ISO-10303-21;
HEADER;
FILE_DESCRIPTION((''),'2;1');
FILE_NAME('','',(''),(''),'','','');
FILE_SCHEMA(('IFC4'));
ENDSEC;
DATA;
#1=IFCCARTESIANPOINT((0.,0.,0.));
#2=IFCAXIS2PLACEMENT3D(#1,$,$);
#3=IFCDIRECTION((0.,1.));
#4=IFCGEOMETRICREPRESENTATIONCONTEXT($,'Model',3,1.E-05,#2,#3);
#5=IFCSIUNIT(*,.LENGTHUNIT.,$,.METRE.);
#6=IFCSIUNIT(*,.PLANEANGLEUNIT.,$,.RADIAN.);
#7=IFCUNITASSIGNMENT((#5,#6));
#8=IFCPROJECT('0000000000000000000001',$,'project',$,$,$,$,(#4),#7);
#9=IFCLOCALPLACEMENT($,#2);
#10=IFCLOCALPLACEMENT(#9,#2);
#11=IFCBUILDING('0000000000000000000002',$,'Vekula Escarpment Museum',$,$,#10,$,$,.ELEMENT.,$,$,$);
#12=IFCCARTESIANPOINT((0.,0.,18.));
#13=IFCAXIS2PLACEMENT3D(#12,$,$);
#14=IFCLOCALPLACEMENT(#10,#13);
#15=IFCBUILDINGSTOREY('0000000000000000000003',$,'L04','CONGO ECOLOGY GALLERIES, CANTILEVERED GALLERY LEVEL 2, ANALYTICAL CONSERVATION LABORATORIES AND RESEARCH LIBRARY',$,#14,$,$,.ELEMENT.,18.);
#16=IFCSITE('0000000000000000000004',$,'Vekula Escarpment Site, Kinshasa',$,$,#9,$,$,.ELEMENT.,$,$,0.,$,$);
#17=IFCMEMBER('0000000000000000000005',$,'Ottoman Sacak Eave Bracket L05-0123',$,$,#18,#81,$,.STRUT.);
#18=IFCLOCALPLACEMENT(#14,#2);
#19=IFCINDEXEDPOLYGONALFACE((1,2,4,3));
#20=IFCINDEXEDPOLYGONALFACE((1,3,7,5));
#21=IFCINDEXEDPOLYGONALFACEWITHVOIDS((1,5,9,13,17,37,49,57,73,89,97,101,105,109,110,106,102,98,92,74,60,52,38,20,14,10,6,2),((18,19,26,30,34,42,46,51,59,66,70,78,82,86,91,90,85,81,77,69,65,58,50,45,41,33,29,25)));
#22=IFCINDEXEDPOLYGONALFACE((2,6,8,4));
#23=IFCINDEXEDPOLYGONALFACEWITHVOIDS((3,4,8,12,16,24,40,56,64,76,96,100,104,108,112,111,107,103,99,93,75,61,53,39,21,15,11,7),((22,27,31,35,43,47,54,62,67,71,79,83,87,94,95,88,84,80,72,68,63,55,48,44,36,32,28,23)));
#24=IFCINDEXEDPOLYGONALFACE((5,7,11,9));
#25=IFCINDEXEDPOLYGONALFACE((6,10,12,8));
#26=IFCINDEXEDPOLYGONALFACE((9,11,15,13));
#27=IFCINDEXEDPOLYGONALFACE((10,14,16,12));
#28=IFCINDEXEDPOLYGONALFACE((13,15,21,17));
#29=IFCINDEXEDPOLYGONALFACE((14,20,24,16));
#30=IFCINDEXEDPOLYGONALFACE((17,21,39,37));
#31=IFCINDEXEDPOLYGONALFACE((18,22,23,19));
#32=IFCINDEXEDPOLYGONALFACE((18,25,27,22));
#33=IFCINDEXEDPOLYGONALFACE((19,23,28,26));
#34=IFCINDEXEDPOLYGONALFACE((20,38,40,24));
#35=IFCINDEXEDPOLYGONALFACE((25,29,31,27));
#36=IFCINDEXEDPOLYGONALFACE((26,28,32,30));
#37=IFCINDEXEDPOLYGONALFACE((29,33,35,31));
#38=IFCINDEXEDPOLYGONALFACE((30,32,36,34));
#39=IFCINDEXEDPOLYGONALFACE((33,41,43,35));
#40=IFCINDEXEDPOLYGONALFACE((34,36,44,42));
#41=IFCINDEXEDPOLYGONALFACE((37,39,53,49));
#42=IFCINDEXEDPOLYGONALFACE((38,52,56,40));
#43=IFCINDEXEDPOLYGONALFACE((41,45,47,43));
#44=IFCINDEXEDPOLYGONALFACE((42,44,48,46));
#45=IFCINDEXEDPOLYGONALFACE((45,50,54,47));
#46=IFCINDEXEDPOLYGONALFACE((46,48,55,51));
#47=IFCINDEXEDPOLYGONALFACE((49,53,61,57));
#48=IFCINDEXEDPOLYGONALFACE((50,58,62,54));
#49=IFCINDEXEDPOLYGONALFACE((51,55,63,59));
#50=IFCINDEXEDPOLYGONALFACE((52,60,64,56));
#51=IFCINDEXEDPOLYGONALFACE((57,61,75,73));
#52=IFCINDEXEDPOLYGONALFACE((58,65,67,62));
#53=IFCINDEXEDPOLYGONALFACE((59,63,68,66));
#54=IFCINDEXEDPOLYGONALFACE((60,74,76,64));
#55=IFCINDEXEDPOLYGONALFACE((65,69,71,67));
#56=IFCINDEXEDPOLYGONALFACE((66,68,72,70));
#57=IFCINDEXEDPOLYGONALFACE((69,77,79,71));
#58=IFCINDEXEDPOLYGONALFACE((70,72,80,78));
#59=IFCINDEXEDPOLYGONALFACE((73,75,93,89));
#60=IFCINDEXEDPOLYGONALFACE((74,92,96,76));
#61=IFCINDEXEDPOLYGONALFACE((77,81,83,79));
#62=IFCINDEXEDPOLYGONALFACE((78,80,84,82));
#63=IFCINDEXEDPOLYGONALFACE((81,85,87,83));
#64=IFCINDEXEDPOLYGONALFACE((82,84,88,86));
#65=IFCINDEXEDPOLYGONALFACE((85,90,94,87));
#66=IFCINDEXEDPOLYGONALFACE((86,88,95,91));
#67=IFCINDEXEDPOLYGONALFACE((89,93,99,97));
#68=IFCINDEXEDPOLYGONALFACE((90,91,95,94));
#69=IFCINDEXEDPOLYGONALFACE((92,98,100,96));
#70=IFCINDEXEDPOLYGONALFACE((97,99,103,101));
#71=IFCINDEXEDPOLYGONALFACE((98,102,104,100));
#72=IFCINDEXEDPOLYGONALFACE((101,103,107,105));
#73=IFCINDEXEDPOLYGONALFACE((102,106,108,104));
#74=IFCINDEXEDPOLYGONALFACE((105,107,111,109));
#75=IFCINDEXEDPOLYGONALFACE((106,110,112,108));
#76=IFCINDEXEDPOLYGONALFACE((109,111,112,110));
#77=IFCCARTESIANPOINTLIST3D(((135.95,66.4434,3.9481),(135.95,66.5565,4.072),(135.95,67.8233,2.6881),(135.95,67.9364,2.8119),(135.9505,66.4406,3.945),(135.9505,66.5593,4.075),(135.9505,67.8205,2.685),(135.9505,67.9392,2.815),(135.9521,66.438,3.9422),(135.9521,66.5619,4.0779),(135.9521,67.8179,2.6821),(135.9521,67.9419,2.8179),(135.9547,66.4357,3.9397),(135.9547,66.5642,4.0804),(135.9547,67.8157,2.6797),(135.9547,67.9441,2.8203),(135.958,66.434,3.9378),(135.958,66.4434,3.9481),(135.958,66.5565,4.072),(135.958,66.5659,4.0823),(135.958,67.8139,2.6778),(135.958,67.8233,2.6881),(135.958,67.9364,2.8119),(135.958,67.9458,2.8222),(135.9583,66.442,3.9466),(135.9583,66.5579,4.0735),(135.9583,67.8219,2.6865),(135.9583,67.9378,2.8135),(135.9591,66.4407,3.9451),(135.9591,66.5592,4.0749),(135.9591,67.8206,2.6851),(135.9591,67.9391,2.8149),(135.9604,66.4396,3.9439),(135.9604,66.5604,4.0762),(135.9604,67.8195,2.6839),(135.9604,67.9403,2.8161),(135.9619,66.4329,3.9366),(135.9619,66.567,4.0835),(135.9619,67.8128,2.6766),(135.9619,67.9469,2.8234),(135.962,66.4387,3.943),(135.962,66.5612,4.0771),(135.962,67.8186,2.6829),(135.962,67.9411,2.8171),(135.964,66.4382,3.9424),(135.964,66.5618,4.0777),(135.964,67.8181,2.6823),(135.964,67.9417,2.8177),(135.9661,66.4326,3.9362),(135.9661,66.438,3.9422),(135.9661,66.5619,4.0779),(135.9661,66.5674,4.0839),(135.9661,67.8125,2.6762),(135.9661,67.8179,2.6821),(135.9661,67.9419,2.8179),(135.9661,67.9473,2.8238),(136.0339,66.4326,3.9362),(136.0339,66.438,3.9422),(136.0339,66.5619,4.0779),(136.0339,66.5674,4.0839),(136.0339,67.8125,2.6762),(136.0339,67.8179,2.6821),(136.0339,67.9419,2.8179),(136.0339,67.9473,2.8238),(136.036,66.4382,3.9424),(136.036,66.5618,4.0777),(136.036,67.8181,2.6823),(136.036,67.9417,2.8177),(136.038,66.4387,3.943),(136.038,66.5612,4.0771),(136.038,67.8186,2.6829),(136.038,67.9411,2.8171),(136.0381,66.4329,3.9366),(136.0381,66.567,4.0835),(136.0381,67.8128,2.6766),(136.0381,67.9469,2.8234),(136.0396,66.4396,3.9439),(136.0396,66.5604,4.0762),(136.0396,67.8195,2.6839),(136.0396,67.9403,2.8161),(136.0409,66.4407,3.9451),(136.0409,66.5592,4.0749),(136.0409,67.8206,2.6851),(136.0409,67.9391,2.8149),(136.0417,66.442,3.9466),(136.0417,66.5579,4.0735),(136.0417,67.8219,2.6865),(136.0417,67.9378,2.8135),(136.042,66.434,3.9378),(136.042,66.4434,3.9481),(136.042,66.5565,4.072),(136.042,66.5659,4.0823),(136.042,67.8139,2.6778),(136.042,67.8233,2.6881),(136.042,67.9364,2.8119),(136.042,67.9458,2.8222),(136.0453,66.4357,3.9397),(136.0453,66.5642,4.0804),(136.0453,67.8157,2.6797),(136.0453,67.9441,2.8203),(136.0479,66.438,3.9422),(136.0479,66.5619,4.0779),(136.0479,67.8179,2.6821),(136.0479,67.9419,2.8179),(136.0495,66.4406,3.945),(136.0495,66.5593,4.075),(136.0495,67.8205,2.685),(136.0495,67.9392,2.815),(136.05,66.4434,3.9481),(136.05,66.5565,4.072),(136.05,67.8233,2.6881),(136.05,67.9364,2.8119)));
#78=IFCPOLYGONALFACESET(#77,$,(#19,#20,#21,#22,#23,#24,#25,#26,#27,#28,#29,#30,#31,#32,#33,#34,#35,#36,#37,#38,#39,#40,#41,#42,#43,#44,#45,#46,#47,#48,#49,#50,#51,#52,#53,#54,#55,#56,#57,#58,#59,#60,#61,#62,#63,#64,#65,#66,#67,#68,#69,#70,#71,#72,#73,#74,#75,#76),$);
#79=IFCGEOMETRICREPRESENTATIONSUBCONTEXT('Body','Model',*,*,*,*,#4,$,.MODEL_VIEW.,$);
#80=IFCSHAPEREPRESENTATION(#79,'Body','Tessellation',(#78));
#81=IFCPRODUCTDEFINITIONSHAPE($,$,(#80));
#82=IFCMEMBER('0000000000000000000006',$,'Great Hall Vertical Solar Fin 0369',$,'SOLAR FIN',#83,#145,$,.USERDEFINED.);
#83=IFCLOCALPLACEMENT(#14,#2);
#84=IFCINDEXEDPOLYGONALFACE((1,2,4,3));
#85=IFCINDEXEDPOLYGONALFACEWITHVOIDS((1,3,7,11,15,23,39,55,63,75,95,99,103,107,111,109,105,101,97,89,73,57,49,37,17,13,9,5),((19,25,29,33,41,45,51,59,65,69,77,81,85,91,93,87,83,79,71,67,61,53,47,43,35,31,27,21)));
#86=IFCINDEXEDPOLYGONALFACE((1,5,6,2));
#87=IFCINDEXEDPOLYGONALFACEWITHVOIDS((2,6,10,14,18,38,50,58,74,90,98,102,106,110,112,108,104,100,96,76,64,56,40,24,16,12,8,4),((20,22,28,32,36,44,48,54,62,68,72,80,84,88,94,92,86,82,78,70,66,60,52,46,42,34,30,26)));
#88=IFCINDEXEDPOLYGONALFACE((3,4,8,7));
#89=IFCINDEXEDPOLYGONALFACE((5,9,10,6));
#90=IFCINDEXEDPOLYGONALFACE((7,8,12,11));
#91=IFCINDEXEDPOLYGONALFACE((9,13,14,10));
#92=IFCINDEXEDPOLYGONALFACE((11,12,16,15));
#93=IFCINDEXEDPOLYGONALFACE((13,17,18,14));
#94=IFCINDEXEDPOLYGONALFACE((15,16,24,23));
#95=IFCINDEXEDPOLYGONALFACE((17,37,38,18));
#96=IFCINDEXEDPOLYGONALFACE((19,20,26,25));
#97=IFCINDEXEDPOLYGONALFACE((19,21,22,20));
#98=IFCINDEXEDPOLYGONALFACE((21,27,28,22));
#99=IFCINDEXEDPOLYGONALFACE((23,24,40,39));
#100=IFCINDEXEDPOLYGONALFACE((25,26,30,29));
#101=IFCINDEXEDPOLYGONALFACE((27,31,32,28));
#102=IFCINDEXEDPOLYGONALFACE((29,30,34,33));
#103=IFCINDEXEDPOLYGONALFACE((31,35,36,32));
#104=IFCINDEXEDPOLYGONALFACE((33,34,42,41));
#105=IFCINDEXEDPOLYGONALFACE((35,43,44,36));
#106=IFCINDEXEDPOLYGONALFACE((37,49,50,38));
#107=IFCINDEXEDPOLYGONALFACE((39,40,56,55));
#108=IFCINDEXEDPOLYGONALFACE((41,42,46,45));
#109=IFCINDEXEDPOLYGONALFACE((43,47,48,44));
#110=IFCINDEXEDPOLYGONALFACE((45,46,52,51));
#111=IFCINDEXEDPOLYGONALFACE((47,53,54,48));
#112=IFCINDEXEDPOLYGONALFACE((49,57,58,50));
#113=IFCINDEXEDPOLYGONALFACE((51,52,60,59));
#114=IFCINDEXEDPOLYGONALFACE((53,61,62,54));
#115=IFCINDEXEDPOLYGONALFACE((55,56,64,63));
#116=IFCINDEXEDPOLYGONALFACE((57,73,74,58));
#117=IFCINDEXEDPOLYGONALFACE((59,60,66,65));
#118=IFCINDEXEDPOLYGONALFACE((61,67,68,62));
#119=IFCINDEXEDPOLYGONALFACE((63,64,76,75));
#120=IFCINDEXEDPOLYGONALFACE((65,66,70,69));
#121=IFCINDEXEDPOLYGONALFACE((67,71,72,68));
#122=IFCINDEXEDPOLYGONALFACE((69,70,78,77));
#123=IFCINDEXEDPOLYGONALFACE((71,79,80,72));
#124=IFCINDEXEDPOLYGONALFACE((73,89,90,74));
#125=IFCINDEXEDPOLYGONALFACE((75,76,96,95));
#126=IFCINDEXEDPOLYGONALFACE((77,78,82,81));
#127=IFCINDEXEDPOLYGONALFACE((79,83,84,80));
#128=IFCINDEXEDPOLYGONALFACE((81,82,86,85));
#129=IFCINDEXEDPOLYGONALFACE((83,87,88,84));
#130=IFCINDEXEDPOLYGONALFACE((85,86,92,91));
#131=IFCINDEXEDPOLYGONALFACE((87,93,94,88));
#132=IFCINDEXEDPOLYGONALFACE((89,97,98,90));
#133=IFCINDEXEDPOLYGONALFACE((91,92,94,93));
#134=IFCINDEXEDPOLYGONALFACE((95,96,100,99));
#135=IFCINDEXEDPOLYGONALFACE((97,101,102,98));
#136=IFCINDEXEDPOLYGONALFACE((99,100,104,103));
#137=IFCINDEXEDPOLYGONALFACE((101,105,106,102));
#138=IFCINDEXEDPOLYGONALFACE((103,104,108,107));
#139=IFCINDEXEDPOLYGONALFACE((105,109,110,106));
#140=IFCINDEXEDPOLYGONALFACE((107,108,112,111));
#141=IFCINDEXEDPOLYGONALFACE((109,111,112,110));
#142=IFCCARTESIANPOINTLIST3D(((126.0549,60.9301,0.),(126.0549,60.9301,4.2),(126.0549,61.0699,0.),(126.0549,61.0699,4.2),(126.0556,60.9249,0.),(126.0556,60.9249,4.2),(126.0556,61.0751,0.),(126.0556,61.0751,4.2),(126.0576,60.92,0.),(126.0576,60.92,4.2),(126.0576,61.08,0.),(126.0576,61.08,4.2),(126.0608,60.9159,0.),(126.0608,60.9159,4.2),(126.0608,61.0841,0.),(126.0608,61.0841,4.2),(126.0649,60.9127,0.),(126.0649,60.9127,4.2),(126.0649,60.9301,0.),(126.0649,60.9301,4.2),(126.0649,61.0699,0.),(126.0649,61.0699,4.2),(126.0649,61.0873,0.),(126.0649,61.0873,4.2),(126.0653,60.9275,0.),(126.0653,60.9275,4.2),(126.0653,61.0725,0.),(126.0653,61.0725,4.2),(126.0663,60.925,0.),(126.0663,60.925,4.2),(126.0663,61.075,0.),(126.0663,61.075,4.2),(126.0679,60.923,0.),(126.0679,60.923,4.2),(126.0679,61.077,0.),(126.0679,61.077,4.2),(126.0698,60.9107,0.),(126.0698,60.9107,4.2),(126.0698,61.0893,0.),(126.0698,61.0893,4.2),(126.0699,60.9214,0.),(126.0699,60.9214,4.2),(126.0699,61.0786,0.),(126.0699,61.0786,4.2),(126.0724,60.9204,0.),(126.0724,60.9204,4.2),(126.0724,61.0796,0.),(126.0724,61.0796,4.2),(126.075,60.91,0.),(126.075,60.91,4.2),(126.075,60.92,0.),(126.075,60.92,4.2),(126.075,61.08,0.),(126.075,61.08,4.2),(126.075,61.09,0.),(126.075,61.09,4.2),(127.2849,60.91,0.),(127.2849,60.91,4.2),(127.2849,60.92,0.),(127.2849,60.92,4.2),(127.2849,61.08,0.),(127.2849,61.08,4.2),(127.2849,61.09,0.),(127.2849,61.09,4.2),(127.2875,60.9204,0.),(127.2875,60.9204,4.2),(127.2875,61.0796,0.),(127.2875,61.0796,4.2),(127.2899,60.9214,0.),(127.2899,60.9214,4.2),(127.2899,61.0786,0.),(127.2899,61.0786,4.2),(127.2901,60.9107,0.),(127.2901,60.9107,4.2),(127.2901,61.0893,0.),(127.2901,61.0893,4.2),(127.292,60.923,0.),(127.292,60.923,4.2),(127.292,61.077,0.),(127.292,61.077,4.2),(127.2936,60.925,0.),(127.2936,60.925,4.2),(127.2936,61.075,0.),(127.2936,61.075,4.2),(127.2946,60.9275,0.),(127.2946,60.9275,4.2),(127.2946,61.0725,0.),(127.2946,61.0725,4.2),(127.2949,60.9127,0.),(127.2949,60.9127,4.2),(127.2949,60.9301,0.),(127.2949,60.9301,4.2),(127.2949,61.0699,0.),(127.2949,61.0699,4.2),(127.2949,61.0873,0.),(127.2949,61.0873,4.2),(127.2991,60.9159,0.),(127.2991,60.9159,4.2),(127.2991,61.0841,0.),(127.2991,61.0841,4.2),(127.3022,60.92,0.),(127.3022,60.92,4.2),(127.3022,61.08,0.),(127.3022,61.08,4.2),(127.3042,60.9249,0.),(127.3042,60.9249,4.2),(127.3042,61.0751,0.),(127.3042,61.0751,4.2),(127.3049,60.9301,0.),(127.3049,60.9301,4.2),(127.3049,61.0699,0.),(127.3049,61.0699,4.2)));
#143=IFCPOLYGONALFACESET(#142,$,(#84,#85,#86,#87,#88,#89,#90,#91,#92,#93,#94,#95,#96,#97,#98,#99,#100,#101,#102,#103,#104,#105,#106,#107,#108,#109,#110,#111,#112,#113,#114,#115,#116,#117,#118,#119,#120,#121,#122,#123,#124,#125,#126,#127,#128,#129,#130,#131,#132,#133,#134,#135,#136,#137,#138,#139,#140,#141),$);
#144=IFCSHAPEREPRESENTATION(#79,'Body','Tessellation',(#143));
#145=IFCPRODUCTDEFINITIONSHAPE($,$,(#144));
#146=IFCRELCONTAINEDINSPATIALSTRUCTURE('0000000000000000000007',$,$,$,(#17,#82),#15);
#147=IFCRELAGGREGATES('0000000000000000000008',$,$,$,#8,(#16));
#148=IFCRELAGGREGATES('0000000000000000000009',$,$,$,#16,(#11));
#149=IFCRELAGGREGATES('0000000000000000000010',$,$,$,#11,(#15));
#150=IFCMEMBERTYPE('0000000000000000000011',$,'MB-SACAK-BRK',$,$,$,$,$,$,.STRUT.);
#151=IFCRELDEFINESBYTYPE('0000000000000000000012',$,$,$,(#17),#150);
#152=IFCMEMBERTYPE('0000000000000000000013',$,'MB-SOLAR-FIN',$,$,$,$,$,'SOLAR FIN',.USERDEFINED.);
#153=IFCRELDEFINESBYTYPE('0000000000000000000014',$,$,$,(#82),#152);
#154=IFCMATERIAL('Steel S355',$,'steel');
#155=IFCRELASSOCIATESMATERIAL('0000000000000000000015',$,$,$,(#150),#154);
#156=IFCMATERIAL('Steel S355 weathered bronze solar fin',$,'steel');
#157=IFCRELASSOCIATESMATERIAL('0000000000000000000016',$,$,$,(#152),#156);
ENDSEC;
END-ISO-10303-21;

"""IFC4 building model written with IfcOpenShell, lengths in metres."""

from ifc_helpers import new_model, si_unit, direction, frame, origin, origin_2d, place, context, subcontext, project, spatial, hollow_rectangle, extrude, material, material_profile, profile_set, type_object, element, save


model = new_model("IFC4")

# Units and contexts
model_context = context("Model", 3, precision=1e-05, world=origin(), true_north=direction((0.0, 1.0)))
body_context = subcontext(model_context, "Body", "Model", "MODEL_VIEW")
ifc_project = project(units=[si_unit("LENGTHUNIT", "METRE"), si_unit("PLANEANGLEUNIT", "RADIAN")], contexts=[model_context])

# Site, building, storey
site_placement = place(None, origin())
site = spatial("IfcSite", under=ifc_project, at=site_placement, Name="Vekula Escarpment Site, Kinshasa", CompositionType="ELEMENT", RefElevation=0.0)
building_placement = place(site_placement, origin())
building = spatial("IfcBuilding", under=site, at=building_placement, Name="Vekula Escarpment Museum", CompositionType="ELEMENT")
storey_placement = place(building_placement, frame((0.0, 0.0, 18.0)))
storey = spatial("IfcBuildingStorey", under=building, at=storey_placement, Name="L04", Description="CONGO ECOLOGY GALLERIES, CANTILEVERED GALLERY LEVEL 2, ANALYTICAL CONSERVATION LABORATORIES AND RESEARCH LIBRARY", CompositionType="ELEMENT", Elevation=18.0)

# Members
ifc_material_1 = material(Name="Steel S355", Category="steel")
ifc_material_profile_1 = material_profile(ifc_material_1, hollow_rectangle(XDim=0.1001, YDim=0.2, WallThickness=0.0081, InnerFilletRadius=0.0081, OuterFilletRadius=0.0161, at=origin_2d()), Name="RHS 200x100x8")
ifc_profile_set_1 = profile_set([ifc_material_profile_1], Name="Steel S355")
member_type_1 = type_object("IfcMemberType", Name="MB-SACAK-BRK", PredefinedType="STRUT", material=ifc_profile_set_1)
member_1_placement = place(storey_placement, frame((136.0, 67.8799, 2.75), z_axis=(0.0, -0.738454, 0.674303), x_axis=(1.0, 0.0, 0.0)))
element("IfcMember", 1, at=member_1_placement, inside=storey, type_object=member_type_1, Name="Ottoman Sacak Eave Bracket L05-0123", PredefinedType="STRUT", context=body_context, shape_type="SweptSolid", body=[
    extrude(hollow_rectangle(XDim=0.1001, YDim=0.2, WallThickness=0.0081, InnerFilletRadius=0.0081, OuterFilletRadius=0.0161, at=origin_2d()), origin(), (0.0, 0.0, 1.0), 1.8687),
])
ifc_material_2 = material(Name="Steel S355 weathered bronze solar fin", Category="steel")
ifc_material_profile_2 = material_profile(ifc_material_2, hollow_rectangle(XDim=0.1799, YDim=1.25, WallThickness=0.01, InnerFilletRadius=0.01, OuterFilletRadius=0.02, at=origin_2d()), Name="RHS 1250x180x10")
ifc_profile_set_2 = profile_set([ifc_material_profile_2], Name="Steel S355 weathered bronze solar fin")
member_type_2 = type_object("IfcMemberType", Name="MB-SOLAR-FIN", ElementType="SOLAR FIN", PredefinedType="USERDEFINED", material=ifc_profile_set_2)
for number, where, z_axis, x_axis, name in (
    (2, (126.6799, 61.0, 0.0), (0.0, 0.0, 1.0), (0.0, 1.0, 0.0), "Great Hall Vertical Solar Fin 0369"),
):
    element("IfcMember", number, at=place(storey_placement, frame(where, z_axis=z_axis, x_axis=x_axis)), inside=storey, type_object=member_type_2, Name=name, ObjectType="SOLAR FIN", PredefinedType="USERDEFINED", context=body_context, shape_type="SweptSolid", body=[
        extrude(hollow_rectangle(XDim=0.1799, YDim=1.25, WallThickness=0.01, InnerFilletRadius=0.01, OuterFilletRadius=0.02, at=origin_2d()), origin(), (0.0, 0.0, 1.0), 4.2),
    ])

save(model, "model.ifc")
